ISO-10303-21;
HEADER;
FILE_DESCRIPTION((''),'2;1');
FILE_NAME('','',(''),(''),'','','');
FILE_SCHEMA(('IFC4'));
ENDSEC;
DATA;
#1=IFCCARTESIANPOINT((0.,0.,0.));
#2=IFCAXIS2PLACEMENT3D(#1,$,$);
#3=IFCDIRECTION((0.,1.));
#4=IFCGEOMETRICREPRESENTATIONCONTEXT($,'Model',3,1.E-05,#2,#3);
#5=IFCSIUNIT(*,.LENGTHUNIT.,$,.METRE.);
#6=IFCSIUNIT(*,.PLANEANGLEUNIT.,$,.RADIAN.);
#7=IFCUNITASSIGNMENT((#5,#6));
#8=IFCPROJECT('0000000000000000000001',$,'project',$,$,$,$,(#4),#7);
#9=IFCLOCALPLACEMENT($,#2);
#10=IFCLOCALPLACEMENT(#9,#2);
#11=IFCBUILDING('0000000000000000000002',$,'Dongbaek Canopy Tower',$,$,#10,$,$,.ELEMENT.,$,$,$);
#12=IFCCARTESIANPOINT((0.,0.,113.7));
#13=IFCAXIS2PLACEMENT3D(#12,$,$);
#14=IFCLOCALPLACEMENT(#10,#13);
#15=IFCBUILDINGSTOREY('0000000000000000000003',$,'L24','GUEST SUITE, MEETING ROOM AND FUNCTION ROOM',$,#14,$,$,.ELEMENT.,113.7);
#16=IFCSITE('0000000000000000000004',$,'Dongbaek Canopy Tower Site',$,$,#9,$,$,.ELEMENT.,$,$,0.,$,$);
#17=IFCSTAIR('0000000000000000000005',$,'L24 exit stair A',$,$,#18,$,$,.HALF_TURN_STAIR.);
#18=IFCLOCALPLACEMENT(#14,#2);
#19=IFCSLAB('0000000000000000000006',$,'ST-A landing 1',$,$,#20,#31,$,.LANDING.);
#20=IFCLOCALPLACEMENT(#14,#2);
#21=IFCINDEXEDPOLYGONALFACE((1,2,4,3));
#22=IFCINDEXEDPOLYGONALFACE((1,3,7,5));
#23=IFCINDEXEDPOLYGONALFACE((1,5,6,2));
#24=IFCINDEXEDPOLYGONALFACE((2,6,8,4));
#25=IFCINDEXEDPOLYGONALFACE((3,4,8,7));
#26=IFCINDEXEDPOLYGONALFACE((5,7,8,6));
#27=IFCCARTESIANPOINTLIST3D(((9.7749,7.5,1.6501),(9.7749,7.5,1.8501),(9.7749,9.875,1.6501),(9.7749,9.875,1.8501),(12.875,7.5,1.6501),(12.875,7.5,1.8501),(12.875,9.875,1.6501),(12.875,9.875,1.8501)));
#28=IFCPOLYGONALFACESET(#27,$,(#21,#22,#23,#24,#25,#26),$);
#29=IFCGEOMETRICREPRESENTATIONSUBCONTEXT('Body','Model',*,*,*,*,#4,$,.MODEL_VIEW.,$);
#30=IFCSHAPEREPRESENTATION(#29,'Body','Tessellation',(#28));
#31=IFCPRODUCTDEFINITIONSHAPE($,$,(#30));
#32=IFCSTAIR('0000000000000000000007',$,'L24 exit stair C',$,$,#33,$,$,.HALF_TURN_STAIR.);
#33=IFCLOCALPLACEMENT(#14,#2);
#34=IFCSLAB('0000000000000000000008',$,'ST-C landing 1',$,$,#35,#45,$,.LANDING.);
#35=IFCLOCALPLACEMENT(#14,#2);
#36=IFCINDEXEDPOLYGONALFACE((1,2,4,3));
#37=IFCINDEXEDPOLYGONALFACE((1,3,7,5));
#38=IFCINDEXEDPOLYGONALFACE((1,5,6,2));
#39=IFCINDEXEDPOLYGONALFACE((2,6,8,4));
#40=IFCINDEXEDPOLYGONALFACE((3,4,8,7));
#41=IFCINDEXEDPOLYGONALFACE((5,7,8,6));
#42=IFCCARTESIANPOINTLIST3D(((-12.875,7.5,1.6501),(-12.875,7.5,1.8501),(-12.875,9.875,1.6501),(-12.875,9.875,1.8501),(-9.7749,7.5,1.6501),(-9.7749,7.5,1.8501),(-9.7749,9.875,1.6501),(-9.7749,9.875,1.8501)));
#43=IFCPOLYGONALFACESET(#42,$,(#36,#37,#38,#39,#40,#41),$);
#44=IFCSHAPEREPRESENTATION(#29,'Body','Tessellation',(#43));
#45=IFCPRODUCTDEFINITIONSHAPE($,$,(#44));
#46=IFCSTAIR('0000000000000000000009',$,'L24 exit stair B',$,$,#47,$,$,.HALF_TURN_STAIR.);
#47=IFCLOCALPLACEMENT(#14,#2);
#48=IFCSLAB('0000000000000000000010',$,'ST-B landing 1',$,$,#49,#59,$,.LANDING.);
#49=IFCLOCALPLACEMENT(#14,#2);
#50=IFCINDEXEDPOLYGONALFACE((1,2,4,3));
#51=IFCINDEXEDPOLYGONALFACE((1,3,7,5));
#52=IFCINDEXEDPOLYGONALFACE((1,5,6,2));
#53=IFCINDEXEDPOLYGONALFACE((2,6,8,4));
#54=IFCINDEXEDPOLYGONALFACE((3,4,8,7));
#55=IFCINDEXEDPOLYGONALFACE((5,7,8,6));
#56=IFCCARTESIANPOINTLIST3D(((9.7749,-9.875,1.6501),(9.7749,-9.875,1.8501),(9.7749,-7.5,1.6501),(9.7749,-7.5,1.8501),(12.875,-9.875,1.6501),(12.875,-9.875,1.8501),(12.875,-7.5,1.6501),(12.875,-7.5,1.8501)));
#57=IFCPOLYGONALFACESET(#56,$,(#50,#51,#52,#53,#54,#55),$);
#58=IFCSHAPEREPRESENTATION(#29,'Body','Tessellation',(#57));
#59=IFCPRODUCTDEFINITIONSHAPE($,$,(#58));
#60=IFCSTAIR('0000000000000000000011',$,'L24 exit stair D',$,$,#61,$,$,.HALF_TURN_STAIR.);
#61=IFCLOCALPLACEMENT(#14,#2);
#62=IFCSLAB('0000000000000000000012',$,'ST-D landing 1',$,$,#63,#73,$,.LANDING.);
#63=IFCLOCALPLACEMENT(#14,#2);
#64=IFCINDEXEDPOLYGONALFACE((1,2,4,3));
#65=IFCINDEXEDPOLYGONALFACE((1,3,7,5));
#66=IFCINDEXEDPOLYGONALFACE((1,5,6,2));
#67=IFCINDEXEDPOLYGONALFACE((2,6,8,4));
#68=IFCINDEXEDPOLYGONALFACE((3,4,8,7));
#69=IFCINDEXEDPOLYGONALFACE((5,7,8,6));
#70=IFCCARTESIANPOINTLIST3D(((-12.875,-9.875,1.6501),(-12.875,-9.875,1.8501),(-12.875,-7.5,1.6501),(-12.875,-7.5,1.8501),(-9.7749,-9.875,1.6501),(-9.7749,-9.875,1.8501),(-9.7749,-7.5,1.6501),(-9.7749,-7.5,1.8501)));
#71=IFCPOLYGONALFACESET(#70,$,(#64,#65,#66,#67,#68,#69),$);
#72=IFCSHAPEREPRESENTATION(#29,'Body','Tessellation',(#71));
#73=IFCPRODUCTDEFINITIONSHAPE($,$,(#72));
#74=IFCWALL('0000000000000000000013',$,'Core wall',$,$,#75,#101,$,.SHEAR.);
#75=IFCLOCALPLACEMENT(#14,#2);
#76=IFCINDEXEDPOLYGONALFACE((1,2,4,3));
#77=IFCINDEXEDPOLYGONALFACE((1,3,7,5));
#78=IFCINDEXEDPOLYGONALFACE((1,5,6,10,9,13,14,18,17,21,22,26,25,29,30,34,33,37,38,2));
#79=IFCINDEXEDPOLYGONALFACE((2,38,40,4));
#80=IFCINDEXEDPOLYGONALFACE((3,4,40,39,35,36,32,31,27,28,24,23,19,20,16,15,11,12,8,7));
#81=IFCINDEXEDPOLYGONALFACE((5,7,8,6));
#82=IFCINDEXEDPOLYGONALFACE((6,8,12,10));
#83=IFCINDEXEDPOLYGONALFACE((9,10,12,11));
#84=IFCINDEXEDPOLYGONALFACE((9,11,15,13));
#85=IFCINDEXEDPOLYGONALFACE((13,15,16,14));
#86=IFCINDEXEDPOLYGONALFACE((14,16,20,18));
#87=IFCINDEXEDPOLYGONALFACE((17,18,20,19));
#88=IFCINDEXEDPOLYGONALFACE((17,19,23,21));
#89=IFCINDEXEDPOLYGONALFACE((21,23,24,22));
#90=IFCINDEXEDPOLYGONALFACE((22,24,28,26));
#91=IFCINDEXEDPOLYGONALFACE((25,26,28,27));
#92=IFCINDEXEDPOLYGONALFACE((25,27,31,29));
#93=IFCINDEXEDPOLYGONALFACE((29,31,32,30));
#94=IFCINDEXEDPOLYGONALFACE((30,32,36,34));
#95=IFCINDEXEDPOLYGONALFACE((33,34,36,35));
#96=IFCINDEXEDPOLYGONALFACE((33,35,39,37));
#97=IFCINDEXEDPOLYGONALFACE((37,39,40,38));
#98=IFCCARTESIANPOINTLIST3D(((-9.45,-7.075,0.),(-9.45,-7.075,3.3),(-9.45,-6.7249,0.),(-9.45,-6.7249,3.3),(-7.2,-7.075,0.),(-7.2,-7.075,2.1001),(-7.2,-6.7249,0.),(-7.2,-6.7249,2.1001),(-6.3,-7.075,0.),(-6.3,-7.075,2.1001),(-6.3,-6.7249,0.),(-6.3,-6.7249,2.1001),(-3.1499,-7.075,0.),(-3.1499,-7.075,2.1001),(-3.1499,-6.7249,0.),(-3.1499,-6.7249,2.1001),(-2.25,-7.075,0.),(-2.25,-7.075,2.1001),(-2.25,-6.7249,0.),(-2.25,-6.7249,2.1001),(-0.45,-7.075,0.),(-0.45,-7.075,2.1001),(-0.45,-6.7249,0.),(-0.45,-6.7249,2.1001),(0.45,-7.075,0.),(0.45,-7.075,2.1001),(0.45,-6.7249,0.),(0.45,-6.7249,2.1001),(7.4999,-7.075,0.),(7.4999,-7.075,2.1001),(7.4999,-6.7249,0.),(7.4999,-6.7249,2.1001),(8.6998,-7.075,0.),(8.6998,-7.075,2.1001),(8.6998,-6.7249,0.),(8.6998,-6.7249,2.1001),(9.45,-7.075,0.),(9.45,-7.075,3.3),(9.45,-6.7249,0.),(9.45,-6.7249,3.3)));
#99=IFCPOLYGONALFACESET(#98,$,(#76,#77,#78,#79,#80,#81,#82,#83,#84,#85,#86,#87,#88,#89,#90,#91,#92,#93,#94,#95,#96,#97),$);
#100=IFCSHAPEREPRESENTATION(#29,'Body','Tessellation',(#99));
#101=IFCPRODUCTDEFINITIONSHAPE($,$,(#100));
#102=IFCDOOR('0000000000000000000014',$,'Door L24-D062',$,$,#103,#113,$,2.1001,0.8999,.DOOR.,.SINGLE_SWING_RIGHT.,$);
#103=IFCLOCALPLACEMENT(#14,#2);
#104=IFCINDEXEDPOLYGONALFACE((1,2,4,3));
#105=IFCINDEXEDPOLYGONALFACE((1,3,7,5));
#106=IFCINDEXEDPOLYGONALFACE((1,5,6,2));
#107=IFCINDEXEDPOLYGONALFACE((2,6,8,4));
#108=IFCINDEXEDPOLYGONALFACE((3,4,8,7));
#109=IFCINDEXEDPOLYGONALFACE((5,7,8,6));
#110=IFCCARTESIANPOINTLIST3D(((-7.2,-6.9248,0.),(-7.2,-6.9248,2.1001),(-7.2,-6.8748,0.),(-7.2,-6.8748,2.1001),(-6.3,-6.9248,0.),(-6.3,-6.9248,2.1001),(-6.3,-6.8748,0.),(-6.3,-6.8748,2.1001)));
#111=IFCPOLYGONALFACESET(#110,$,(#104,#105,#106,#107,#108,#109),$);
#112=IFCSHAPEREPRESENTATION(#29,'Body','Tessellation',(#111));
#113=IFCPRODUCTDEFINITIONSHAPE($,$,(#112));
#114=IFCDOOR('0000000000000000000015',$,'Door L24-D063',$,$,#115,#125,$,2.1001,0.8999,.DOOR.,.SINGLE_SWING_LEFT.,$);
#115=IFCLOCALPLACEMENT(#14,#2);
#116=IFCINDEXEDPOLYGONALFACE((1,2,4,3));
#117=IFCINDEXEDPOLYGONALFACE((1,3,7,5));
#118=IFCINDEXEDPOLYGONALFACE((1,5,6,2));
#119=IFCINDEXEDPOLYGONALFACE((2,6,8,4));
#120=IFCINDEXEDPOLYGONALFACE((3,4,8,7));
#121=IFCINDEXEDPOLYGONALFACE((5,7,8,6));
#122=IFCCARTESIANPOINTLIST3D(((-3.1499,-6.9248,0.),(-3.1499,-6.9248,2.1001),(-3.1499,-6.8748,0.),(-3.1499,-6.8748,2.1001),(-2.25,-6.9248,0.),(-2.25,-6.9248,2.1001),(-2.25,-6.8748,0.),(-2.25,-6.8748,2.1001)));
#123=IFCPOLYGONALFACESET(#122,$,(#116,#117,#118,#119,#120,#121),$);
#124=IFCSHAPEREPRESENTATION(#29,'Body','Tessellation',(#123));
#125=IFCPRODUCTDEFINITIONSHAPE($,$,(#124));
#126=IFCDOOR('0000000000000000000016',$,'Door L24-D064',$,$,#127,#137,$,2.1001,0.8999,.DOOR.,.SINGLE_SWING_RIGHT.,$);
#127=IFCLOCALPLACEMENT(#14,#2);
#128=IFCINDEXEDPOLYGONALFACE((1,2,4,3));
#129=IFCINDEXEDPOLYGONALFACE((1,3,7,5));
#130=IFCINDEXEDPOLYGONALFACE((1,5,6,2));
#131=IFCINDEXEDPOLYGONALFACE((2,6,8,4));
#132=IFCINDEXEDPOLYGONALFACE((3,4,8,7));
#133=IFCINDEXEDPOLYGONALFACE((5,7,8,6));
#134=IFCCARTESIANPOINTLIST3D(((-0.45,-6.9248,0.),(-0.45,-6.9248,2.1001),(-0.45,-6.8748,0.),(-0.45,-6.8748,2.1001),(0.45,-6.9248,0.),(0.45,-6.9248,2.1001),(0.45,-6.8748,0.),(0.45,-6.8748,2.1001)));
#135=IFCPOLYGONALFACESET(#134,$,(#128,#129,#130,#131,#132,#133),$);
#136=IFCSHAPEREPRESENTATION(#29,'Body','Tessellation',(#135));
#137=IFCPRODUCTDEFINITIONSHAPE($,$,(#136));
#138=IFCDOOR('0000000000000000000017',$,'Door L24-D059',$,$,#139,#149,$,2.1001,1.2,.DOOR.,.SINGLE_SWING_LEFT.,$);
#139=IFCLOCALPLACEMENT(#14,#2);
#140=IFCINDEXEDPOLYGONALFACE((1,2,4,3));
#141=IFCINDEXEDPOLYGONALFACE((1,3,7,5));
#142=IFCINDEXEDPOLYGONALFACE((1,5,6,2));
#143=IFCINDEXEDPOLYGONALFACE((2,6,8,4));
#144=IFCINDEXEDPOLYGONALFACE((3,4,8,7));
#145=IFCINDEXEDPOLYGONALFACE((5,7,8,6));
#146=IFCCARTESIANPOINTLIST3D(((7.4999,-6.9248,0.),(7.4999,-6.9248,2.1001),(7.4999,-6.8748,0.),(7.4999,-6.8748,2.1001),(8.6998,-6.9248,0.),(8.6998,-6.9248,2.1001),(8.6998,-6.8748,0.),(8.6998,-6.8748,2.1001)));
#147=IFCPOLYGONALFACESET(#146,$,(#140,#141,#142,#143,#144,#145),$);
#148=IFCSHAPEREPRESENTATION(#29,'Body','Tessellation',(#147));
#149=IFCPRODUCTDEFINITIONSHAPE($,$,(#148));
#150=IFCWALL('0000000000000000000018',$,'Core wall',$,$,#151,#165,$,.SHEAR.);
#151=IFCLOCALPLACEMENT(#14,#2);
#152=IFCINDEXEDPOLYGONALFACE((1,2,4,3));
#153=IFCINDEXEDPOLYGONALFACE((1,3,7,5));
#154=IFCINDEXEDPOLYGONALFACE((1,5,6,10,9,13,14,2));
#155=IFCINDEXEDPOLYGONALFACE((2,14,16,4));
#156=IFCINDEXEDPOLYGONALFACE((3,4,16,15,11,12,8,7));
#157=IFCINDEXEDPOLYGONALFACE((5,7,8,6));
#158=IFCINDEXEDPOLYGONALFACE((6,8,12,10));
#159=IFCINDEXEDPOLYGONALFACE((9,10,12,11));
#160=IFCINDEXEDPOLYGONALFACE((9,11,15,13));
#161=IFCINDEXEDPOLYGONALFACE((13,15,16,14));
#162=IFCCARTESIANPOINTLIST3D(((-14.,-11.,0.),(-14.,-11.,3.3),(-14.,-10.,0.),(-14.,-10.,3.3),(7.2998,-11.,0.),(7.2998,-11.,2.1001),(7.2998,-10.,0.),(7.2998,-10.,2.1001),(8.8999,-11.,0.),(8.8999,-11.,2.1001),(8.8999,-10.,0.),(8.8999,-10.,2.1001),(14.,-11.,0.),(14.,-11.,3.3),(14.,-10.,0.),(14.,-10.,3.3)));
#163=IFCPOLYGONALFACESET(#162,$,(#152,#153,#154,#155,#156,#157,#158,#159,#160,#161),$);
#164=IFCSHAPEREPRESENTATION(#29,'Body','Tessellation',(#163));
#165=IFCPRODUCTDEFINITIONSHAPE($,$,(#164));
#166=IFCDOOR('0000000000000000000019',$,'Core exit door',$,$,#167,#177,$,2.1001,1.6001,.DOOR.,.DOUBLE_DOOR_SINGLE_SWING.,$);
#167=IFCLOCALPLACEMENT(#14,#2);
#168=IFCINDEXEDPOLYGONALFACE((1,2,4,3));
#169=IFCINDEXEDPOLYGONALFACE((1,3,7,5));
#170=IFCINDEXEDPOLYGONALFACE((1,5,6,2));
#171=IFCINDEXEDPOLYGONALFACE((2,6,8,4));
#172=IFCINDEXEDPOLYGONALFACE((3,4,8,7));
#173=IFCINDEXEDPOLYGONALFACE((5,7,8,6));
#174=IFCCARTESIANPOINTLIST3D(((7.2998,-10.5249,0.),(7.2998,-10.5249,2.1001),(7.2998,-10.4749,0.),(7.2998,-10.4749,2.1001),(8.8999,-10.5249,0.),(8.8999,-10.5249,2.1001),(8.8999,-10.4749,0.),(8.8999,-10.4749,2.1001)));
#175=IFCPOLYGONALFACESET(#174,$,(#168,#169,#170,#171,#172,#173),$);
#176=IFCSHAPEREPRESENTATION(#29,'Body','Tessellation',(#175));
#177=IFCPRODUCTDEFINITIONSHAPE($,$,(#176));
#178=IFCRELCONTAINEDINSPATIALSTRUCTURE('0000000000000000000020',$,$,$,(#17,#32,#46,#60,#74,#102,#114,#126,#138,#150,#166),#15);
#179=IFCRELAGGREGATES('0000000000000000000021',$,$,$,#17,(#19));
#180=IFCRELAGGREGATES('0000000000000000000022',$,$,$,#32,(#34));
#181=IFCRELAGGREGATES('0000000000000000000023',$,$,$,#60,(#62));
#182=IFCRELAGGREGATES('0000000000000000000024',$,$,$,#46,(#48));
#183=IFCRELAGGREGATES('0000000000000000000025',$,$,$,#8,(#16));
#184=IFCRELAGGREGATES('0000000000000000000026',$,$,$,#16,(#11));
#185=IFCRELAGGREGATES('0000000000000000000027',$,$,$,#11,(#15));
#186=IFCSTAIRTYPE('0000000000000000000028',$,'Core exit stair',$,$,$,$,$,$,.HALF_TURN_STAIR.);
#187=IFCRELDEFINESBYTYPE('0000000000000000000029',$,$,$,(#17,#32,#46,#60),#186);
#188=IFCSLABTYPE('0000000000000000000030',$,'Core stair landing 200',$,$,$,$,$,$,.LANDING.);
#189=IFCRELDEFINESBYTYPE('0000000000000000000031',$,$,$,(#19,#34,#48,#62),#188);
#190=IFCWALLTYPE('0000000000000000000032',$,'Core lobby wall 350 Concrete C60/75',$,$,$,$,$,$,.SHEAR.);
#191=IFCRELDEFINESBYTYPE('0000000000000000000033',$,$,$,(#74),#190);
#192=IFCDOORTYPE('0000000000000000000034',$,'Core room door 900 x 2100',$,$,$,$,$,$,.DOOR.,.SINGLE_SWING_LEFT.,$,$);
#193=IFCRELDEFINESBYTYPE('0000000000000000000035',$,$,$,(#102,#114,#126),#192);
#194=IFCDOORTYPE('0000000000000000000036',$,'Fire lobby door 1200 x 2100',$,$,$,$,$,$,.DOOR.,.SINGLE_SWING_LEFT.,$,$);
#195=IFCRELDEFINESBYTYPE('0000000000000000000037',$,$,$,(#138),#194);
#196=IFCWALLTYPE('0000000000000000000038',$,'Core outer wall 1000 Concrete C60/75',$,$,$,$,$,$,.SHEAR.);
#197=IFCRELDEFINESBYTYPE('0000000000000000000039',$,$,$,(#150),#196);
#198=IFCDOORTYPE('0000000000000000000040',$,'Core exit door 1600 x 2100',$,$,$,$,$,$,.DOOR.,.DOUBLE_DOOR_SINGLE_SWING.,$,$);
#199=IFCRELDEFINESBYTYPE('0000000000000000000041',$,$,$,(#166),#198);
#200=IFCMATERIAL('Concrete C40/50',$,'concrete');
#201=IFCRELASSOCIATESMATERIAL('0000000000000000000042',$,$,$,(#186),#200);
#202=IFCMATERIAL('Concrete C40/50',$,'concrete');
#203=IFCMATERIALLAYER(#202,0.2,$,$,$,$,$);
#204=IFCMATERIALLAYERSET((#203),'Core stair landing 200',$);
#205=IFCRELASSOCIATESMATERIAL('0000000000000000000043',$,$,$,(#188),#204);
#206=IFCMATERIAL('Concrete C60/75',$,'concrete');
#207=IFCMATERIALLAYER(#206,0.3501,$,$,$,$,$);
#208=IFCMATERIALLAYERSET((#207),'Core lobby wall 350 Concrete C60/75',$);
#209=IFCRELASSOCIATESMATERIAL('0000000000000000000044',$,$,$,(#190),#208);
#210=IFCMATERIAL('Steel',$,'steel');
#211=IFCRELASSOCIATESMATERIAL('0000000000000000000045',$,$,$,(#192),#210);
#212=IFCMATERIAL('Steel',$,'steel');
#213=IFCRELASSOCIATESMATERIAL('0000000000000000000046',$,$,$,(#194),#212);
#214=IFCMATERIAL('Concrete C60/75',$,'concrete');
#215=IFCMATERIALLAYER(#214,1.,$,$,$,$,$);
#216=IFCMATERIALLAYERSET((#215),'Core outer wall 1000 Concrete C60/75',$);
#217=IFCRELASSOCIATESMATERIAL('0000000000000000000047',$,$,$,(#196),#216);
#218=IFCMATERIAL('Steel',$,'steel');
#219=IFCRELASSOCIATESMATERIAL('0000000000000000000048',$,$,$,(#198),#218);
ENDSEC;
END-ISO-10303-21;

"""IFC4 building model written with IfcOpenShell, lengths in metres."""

from ifc_helpers import new_model, si_unit, direction, frame, frame_2d, origin, place, context, subcontext, project, spatial, polyline, rectangle, outline, extrude, material, layer, layer_set, type_object, element, fill, aggregate, save


model = new_model("IFC4")

# Units and contexts
model_context = context("Model", 3, precision=1e-05, world=origin(), true_north=direction((0.0, 1.0)))
body_context = subcontext(model_context, "Body", "Model", "MODEL_VIEW")
ifc_project = project(units=[si_unit("LENGTHUNIT", "METRE"), si_unit("PLANEANGLEUNIT", "RADIAN")], contexts=[model_context])

# Site, building, storey
site_placement = place(None, origin())
site = spatial("IfcSite", under=ifc_project, at=site_placement, Name="Dongbaek Canopy Tower Site", CompositionType="ELEMENT", RefElevation=0.0)
building_placement = place(site_placement, origin())
building = spatial("IfcBuilding", under=site, at=building_placement, Name="Dongbaek Canopy Tower", CompositionType="ELEMENT")
storey_placement = place(building_placement, frame((0.0, 0.0, 113.7)))
storey = spatial("IfcBuildingStorey", under=building, at=storey_placement, Name="L24", Description="GUEST SUITE, MEETING ROOM AND FUNCTION ROOM", CompositionType="ELEMENT", Elevation=113.7)

# Stairs, slabs
ifc_material_1 = material(Name="Concrete C40/50", Category="concrete")
stair_type = type_object("IfcStairType", Name="Core exit stair", PredefinedType="HALF_TURN_STAIR", material=ifc_material_1)
stair_1_placement = place(storey_placement, origin())
stair_1 = element("IfcStair", 1, at=stair_1_placement, inside=storey, type_object=stair_type, Name="L24 exit stair A", PredefinedType="HALF_TURN_STAIR")
ifc_material_2 = material(Name="Concrete C40/50", Category="concrete")
ifc_layer_1 = layer(ifc_material_2, 0.2)
ifc_layer_set_1 = layer_set([ifc_layer_1], Name="Core stair landing 200")
slab_type = type_object("IfcSlabType", Name="Core stair landing 200", PredefinedType="LANDING", material=ifc_layer_set_1)
slab_1_placement = place(storey_placement, frame((0.0, 0.0, 1.6501)))
slab_1 = element("IfcSlab", 2, at=slab_1_placement, type_object=slab_type, Name="ST-A landing 1", PredefinedType="LANDING", context=body_context, shape_type="SweptSolid", body=[
    extrude(outline(polyline([(12.875, 7.5), (12.875, 9.875), (9.7749, 9.875), (9.7749, 7.5), (12.875, 7.5)])), origin(), (0.0, 0.0, 1.0), 0.2),
])
aggregate(stair_1, [slab_1])
stair_2_placement = place(storey_placement, origin())
stair_2 = element("IfcStair", 3, at=stair_2_placement, inside=storey, type_object=stair_type, Name="L24 exit stair C", PredefinedType="HALF_TURN_STAIR")
slab_2_placement = place(storey_placement, frame((0.0, 0.0, 1.6501)))
slab_2 = element("IfcSlab", 4, at=slab_2_placement, type_object=slab_type, Name="ST-C landing 1", PredefinedType="LANDING", context=body_context, shape_type="SweptSolid", body=[
    extrude(outline(polyline([(-9.7749, 7.5), (-9.7749, 9.875), (-12.875, 9.875), (-12.875, 7.5), (-9.7749, 7.5)])), origin(), (0.0, 0.0, 1.0), 0.2),
])
aggregate(stair_2, [slab_2])
stair_3_placement = place(storey_placement, origin())
stair_3 = element("IfcStair", 5, at=stair_3_placement, inside=storey, type_object=stair_type, Name="L24 exit stair B", PredefinedType="HALF_TURN_STAIR")
slab_3_placement = place(storey_placement, frame((0.0, 0.0, 1.6501)))
slab_3 = element("IfcSlab", 6, at=slab_3_placement, type_object=slab_type, Name="ST-B landing 1", PredefinedType="LANDING", context=body_context, shape_type="SweptSolid", body=[
    extrude(outline(polyline([(9.7749, -7.5), (9.7749, -9.875), (12.875, -9.875), (12.875, -7.5), (9.7749, -7.5)])), origin(), (0.0, 0.0, 1.0), 0.2),
])
stair_4_placement = place(storey_placement, origin())
stair_4 = element("IfcStair", 7, at=stair_4_placement, inside=storey, type_object=stair_type, Name="L24 exit stair D", PredefinedType="HALF_TURN_STAIR")
slab_4_placement = place(storey_placement, frame((0.0, 0.0, 1.6501)))
slab_4 = element("IfcSlab", 8, at=slab_4_placement, type_object=slab_type, Name="ST-D landing 1", PredefinedType="LANDING", context=body_context, shape_type="SweptSolid", body=[
    extrude(outline(polyline([(-12.875, -7.5), (-12.875, -9.875), (-9.7749, -9.875), (-9.7749, -7.5), (-12.875, -7.5)])), origin(), (0.0, 0.0, 1.0), 0.2),
])
aggregate(stair_4, [slab_4])

# Wall, openings, doors
ifc_material_3 = material(Name="Concrete C60/75", Category="concrete")
ifc_layer_2 = layer(ifc_material_3, 0.3501)
ifc_layer_set_2 = layer_set([ifc_layer_2], Name="Core lobby wall 350 Concrete C60/75")
wall_type_1 = type_object("IfcWallType", Name="Core lobby wall 350 Concrete C60/75", PredefinedType="SHEAR", material=ifc_layer_set_2)
wall_1_placement = place(storey_placement, frame((9.45, -6.8999, 0.0), z_axis=(0.0, 0.0, 1.0), x_axis=(-1.0, 0.0, 0.0)))
wall_1 = element("IfcWall", 9, at=wall_1_placement, inside=storey, type_object=wall_type_1, Name="Core wall", PredefinedType="SHEAR", context=body_context, shape_type="SweptSolid", body=[
    extrude(rectangle(XDim=18.8999, YDim=0.3501, at=frame_2d((9.45, 0.0))), origin(), (0.0, 0.0, 1.0), 3.3),
])
opening_1_placement = place(wall_1_placement, frame((0.75, 0.0, 0.0)))
opening_1 = element("IfcOpeningElement", 10, at=opening_1_placement, cuts=wall_1, PredefinedType="OPENING", context=body_context, shape_type="SweptSolid", body=[
    extrude(rectangle(XDim=1.2, YDim=2.1001, at=frame_2d((0.6001, 1.05))), frame((0.0, 0.1851, 0.0), z_axis=(0.0, -1.0, 0.0), x_axis=(1.0, 0.0, 0.0)), (0.0, 0.0, 1.0), 0.3701),
])
opening_2_placement = place(wall_1_placement, frame((15.75, 0.0, 0.0)))
opening_2 = element("IfcOpeningElement", 11, at=opening_2_placement, cuts=wall_1, PredefinedType="OPENING", context=body_context, shape_type="SweptSolid", body=[
    extrude(rectangle(XDim=0.8999, YDim=2.1001, at=frame_2d((0.45, 1.05))), frame((0.0, 0.1851, 0.0), z_axis=(0.0, -1.0, 0.0), x_axis=(1.0, 0.0, 0.0)), (0.0, 0.0, 1.0), 0.3701),
])
opening_3_placement = place(wall_1_placement, frame((11.7, 0.0, 0.0)))
opening_3 = element("IfcOpeningElement", 12, at=opening_3_placement, cuts=wall_1, PredefinedType="OPENING", context=body_context, shape_type="SweptSolid", body=[
    extrude(rectangle(XDim=0.8999, YDim=2.1001, at=frame_2d((0.45, 1.05))), frame((0.0, 0.1851, 0.0), z_axis=(0.0, -1.0, 0.0), x_axis=(1.0, 0.0, 0.0)), (0.0, 0.0, 1.0), 0.3701),
])
opening_4_placement = place(wall_1_placement, frame((9.0, 0.0, 0.0)))
opening_4 = element("IfcOpeningElement", 13, at=opening_4_placement, cuts=wall_1, PredefinedType="OPENING", context=body_context, shape_type="SweptSolid", body=[
    extrude(rectangle(XDim=0.8999, YDim=2.1001, at=frame_2d((0.45, 1.05))), frame((0.0, 0.1851, 0.0), z_axis=(0.0, -1.0, 0.0), x_axis=(1.0, 0.0, 0.0)), (0.0, 0.0, 1.0), 0.3701),
])
ifc_material_4 = material(Name="Steel", Category="steel")
door_type_1 = type_object("IfcDoorType", Name="Core room door 900 x 2100", OperationType="SINGLE_SWING_LEFT", PredefinedType="DOOR", material=ifc_material_4)
door_1_placement = place(opening_2_placement, origin())
door_1 = element("IfcDoor", 14, at=door_1_placement, inside=storey, type_object=door_type_1, Name="Door L24-D062", OperationType="SINGLE_SWING_RIGHT", OverallHeight=2.1001, OverallWidth=0.8999, PredefinedType="DOOR", context=body_context, shape_type="SweptSolid", body=[
    extrude(rectangle(XDim=0.8999, YDim=2.1001, at=frame_2d((0.45, 1.05))), frame((0.0, 0.0249, 0.0), z_axis=(0.0, -1.0, 0.0), x_axis=(1.0, 0.0, 0.0)), (0.0, 0.0, 1.0), 0.05),
])
fill(opening_2, door_1)
door_2_placement = place(opening_3_placement, origin())
door_2 = element("IfcDoor", 15, at=door_2_placement, inside=storey, type_object=door_type_1, Name="Door L24-D063", OperationType="SINGLE_SWING_LEFT", OverallHeight=2.1001, OverallWidth=0.8999, PredefinedType="DOOR", context=body_context, shape_type="SweptSolid", body=[
    extrude(rectangle(XDim=0.8999, YDim=2.1001, at=frame_2d((0.45, 1.05))), frame((0.0, 0.0249, 0.0), z_axis=(0.0, -1.0, 0.0), x_axis=(1.0, 0.0, 0.0)), (0.0, 0.0, 1.0), 0.05),
])
fill(opening_3, door_2)
door_3_placement = place(opening_4_placement, origin())
door_3 = element("IfcDoor", 16, at=door_3_placement, inside=storey, type_object=door_type_1, Name="Door L24-D064", OperationType="SINGLE_SWING_RIGHT", OverallHeight=2.1001, OverallWidth=0.8999, PredefinedType="DOOR", context=body_context, shape_type="SweptSolid", body=[
    extrude(rectangle(XDim=0.8999, YDim=2.1001, at=frame_2d((0.45, 1.05))), frame((0.0, 0.0249, 0.0), z_axis=(0.0, -1.0, 0.0), x_axis=(1.0, 0.0, 0.0)), (0.0, 0.0, 1.0), 0.05),
])
fill(opening_4, door_3)
ifc_material_5 = material(Name="Steel", Category="steel")
door_type_2 = type_object("IfcDoorType", Name="Fire lobby door 1200 x 2100", OperationType="SINGLE_SWING_LEFT", PredefinedType="DOOR", material=ifc_material_5)
door_4_placement = place(opening_1_placement, origin())
door_4 = element("IfcDoor", 17, at=door_4_placement, inside=storey, type_object=door_type_2, Name="Door L24-D059", OperationType="SINGLE_SWING_LEFT", OverallHeight=2.1001, OverallWidth=1.2, PredefinedType="DOOR", context=body_context, shape_type="SweptSolid", body=[
    extrude(rectangle(XDim=1.2, YDim=2.1001, at=frame_2d((0.6001, 1.05))), frame((0.0, 0.0249, 0.0), z_axis=(0.0, -1.0, 0.0), x_axis=(1.0, 0.0, 0.0)), (0.0, 0.0, 1.0), 0.05),
])
fill(opening_1, door_4)

# Wall, opening, door
ifc_material_6 = material(Name="Concrete C60/75", Category="concrete")
ifc_layer_3 = layer(ifc_material_6, 1.0)
ifc_layer_set_3 = layer_set([ifc_layer_3], Name="Core outer wall 1000 Concrete C60/75")
wall_type_2 = type_object("IfcWallType", Name="Core outer wall 1000 Concrete C60/75", PredefinedType="SHEAR", material=ifc_layer_set_3)
wall_2_placement = place(storey_placement, frame((14.0, -10.5, 0.0), z_axis=(0.0, 0.0, 1.0), x_axis=(-1.0, 0.0, 0.0)))
wall_2 = element("IfcWall", 18, at=wall_2_placement, inside=storey, type_object=wall_type_2, Name="Core wall", PredefinedType="SHEAR", context=body_context, shape_type="SweptSolid", body=[
    extrude(rectangle(XDim=28.0, YDim=1.0, at=frame_2d((14.0, 0.0))), origin(), (0.0, 0.0, 1.0), 3.3),
])
opening_5_placement = place(wall_2_placement, frame((5.1001, 0.0, 0.0)))
opening_5 = element("IfcOpeningElement", 19, at=opening_5_placement, cuts=wall_2, PredefinedType="OPENING", context=body_context, shape_type="SweptSolid", body=[
    extrude(rectangle(XDim=1.6001, YDim=2.1001, at=frame_2d((0.8, 1.05))), frame((0.0, 0.51, 0.0), z_axis=(0.0, -1.0, 0.0), x_axis=(1.0, 0.0, 0.0)), (0.0, 0.0, 1.0), 1.02),
])
ifc_material_7 = material(Name="Steel", Category="steel")
door_type_3 = type_object("IfcDoorType", Name="Core exit door 1600 x 2100", OperationType="DOUBLE_DOOR_SINGLE_SWING", PredefinedType="DOOR", material=ifc_material_7)
door_5_placement = place(opening_5_placement, origin())
door_5 = element("IfcDoor", 20, at=door_5_placement, inside=storey, type_object=door_type_3, Name="Core exit door", OperationType="DOUBLE_DOOR_SINGLE_SWING", OverallHeight=2.1001, OverallWidth=1.6001, PredefinedType="DOOR", context=body_context, shape_type="SweptSolid", body=[
    extrude(rectangle(XDim=1.6001, YDim=2.1001, at=frame_2d((0.8, 1.05))), frame((0.0, 0.0249, 0.0), z_axis=(0.0, -1.0, 0.0), x_axis=(1.0, 0.0, 0.0)), (0.0, 0.0, 1.0), 0.05),
])
fill(opening_5, door_5)

aggregate(stair_3, [slab_3])

save(model, "model.ifc")
